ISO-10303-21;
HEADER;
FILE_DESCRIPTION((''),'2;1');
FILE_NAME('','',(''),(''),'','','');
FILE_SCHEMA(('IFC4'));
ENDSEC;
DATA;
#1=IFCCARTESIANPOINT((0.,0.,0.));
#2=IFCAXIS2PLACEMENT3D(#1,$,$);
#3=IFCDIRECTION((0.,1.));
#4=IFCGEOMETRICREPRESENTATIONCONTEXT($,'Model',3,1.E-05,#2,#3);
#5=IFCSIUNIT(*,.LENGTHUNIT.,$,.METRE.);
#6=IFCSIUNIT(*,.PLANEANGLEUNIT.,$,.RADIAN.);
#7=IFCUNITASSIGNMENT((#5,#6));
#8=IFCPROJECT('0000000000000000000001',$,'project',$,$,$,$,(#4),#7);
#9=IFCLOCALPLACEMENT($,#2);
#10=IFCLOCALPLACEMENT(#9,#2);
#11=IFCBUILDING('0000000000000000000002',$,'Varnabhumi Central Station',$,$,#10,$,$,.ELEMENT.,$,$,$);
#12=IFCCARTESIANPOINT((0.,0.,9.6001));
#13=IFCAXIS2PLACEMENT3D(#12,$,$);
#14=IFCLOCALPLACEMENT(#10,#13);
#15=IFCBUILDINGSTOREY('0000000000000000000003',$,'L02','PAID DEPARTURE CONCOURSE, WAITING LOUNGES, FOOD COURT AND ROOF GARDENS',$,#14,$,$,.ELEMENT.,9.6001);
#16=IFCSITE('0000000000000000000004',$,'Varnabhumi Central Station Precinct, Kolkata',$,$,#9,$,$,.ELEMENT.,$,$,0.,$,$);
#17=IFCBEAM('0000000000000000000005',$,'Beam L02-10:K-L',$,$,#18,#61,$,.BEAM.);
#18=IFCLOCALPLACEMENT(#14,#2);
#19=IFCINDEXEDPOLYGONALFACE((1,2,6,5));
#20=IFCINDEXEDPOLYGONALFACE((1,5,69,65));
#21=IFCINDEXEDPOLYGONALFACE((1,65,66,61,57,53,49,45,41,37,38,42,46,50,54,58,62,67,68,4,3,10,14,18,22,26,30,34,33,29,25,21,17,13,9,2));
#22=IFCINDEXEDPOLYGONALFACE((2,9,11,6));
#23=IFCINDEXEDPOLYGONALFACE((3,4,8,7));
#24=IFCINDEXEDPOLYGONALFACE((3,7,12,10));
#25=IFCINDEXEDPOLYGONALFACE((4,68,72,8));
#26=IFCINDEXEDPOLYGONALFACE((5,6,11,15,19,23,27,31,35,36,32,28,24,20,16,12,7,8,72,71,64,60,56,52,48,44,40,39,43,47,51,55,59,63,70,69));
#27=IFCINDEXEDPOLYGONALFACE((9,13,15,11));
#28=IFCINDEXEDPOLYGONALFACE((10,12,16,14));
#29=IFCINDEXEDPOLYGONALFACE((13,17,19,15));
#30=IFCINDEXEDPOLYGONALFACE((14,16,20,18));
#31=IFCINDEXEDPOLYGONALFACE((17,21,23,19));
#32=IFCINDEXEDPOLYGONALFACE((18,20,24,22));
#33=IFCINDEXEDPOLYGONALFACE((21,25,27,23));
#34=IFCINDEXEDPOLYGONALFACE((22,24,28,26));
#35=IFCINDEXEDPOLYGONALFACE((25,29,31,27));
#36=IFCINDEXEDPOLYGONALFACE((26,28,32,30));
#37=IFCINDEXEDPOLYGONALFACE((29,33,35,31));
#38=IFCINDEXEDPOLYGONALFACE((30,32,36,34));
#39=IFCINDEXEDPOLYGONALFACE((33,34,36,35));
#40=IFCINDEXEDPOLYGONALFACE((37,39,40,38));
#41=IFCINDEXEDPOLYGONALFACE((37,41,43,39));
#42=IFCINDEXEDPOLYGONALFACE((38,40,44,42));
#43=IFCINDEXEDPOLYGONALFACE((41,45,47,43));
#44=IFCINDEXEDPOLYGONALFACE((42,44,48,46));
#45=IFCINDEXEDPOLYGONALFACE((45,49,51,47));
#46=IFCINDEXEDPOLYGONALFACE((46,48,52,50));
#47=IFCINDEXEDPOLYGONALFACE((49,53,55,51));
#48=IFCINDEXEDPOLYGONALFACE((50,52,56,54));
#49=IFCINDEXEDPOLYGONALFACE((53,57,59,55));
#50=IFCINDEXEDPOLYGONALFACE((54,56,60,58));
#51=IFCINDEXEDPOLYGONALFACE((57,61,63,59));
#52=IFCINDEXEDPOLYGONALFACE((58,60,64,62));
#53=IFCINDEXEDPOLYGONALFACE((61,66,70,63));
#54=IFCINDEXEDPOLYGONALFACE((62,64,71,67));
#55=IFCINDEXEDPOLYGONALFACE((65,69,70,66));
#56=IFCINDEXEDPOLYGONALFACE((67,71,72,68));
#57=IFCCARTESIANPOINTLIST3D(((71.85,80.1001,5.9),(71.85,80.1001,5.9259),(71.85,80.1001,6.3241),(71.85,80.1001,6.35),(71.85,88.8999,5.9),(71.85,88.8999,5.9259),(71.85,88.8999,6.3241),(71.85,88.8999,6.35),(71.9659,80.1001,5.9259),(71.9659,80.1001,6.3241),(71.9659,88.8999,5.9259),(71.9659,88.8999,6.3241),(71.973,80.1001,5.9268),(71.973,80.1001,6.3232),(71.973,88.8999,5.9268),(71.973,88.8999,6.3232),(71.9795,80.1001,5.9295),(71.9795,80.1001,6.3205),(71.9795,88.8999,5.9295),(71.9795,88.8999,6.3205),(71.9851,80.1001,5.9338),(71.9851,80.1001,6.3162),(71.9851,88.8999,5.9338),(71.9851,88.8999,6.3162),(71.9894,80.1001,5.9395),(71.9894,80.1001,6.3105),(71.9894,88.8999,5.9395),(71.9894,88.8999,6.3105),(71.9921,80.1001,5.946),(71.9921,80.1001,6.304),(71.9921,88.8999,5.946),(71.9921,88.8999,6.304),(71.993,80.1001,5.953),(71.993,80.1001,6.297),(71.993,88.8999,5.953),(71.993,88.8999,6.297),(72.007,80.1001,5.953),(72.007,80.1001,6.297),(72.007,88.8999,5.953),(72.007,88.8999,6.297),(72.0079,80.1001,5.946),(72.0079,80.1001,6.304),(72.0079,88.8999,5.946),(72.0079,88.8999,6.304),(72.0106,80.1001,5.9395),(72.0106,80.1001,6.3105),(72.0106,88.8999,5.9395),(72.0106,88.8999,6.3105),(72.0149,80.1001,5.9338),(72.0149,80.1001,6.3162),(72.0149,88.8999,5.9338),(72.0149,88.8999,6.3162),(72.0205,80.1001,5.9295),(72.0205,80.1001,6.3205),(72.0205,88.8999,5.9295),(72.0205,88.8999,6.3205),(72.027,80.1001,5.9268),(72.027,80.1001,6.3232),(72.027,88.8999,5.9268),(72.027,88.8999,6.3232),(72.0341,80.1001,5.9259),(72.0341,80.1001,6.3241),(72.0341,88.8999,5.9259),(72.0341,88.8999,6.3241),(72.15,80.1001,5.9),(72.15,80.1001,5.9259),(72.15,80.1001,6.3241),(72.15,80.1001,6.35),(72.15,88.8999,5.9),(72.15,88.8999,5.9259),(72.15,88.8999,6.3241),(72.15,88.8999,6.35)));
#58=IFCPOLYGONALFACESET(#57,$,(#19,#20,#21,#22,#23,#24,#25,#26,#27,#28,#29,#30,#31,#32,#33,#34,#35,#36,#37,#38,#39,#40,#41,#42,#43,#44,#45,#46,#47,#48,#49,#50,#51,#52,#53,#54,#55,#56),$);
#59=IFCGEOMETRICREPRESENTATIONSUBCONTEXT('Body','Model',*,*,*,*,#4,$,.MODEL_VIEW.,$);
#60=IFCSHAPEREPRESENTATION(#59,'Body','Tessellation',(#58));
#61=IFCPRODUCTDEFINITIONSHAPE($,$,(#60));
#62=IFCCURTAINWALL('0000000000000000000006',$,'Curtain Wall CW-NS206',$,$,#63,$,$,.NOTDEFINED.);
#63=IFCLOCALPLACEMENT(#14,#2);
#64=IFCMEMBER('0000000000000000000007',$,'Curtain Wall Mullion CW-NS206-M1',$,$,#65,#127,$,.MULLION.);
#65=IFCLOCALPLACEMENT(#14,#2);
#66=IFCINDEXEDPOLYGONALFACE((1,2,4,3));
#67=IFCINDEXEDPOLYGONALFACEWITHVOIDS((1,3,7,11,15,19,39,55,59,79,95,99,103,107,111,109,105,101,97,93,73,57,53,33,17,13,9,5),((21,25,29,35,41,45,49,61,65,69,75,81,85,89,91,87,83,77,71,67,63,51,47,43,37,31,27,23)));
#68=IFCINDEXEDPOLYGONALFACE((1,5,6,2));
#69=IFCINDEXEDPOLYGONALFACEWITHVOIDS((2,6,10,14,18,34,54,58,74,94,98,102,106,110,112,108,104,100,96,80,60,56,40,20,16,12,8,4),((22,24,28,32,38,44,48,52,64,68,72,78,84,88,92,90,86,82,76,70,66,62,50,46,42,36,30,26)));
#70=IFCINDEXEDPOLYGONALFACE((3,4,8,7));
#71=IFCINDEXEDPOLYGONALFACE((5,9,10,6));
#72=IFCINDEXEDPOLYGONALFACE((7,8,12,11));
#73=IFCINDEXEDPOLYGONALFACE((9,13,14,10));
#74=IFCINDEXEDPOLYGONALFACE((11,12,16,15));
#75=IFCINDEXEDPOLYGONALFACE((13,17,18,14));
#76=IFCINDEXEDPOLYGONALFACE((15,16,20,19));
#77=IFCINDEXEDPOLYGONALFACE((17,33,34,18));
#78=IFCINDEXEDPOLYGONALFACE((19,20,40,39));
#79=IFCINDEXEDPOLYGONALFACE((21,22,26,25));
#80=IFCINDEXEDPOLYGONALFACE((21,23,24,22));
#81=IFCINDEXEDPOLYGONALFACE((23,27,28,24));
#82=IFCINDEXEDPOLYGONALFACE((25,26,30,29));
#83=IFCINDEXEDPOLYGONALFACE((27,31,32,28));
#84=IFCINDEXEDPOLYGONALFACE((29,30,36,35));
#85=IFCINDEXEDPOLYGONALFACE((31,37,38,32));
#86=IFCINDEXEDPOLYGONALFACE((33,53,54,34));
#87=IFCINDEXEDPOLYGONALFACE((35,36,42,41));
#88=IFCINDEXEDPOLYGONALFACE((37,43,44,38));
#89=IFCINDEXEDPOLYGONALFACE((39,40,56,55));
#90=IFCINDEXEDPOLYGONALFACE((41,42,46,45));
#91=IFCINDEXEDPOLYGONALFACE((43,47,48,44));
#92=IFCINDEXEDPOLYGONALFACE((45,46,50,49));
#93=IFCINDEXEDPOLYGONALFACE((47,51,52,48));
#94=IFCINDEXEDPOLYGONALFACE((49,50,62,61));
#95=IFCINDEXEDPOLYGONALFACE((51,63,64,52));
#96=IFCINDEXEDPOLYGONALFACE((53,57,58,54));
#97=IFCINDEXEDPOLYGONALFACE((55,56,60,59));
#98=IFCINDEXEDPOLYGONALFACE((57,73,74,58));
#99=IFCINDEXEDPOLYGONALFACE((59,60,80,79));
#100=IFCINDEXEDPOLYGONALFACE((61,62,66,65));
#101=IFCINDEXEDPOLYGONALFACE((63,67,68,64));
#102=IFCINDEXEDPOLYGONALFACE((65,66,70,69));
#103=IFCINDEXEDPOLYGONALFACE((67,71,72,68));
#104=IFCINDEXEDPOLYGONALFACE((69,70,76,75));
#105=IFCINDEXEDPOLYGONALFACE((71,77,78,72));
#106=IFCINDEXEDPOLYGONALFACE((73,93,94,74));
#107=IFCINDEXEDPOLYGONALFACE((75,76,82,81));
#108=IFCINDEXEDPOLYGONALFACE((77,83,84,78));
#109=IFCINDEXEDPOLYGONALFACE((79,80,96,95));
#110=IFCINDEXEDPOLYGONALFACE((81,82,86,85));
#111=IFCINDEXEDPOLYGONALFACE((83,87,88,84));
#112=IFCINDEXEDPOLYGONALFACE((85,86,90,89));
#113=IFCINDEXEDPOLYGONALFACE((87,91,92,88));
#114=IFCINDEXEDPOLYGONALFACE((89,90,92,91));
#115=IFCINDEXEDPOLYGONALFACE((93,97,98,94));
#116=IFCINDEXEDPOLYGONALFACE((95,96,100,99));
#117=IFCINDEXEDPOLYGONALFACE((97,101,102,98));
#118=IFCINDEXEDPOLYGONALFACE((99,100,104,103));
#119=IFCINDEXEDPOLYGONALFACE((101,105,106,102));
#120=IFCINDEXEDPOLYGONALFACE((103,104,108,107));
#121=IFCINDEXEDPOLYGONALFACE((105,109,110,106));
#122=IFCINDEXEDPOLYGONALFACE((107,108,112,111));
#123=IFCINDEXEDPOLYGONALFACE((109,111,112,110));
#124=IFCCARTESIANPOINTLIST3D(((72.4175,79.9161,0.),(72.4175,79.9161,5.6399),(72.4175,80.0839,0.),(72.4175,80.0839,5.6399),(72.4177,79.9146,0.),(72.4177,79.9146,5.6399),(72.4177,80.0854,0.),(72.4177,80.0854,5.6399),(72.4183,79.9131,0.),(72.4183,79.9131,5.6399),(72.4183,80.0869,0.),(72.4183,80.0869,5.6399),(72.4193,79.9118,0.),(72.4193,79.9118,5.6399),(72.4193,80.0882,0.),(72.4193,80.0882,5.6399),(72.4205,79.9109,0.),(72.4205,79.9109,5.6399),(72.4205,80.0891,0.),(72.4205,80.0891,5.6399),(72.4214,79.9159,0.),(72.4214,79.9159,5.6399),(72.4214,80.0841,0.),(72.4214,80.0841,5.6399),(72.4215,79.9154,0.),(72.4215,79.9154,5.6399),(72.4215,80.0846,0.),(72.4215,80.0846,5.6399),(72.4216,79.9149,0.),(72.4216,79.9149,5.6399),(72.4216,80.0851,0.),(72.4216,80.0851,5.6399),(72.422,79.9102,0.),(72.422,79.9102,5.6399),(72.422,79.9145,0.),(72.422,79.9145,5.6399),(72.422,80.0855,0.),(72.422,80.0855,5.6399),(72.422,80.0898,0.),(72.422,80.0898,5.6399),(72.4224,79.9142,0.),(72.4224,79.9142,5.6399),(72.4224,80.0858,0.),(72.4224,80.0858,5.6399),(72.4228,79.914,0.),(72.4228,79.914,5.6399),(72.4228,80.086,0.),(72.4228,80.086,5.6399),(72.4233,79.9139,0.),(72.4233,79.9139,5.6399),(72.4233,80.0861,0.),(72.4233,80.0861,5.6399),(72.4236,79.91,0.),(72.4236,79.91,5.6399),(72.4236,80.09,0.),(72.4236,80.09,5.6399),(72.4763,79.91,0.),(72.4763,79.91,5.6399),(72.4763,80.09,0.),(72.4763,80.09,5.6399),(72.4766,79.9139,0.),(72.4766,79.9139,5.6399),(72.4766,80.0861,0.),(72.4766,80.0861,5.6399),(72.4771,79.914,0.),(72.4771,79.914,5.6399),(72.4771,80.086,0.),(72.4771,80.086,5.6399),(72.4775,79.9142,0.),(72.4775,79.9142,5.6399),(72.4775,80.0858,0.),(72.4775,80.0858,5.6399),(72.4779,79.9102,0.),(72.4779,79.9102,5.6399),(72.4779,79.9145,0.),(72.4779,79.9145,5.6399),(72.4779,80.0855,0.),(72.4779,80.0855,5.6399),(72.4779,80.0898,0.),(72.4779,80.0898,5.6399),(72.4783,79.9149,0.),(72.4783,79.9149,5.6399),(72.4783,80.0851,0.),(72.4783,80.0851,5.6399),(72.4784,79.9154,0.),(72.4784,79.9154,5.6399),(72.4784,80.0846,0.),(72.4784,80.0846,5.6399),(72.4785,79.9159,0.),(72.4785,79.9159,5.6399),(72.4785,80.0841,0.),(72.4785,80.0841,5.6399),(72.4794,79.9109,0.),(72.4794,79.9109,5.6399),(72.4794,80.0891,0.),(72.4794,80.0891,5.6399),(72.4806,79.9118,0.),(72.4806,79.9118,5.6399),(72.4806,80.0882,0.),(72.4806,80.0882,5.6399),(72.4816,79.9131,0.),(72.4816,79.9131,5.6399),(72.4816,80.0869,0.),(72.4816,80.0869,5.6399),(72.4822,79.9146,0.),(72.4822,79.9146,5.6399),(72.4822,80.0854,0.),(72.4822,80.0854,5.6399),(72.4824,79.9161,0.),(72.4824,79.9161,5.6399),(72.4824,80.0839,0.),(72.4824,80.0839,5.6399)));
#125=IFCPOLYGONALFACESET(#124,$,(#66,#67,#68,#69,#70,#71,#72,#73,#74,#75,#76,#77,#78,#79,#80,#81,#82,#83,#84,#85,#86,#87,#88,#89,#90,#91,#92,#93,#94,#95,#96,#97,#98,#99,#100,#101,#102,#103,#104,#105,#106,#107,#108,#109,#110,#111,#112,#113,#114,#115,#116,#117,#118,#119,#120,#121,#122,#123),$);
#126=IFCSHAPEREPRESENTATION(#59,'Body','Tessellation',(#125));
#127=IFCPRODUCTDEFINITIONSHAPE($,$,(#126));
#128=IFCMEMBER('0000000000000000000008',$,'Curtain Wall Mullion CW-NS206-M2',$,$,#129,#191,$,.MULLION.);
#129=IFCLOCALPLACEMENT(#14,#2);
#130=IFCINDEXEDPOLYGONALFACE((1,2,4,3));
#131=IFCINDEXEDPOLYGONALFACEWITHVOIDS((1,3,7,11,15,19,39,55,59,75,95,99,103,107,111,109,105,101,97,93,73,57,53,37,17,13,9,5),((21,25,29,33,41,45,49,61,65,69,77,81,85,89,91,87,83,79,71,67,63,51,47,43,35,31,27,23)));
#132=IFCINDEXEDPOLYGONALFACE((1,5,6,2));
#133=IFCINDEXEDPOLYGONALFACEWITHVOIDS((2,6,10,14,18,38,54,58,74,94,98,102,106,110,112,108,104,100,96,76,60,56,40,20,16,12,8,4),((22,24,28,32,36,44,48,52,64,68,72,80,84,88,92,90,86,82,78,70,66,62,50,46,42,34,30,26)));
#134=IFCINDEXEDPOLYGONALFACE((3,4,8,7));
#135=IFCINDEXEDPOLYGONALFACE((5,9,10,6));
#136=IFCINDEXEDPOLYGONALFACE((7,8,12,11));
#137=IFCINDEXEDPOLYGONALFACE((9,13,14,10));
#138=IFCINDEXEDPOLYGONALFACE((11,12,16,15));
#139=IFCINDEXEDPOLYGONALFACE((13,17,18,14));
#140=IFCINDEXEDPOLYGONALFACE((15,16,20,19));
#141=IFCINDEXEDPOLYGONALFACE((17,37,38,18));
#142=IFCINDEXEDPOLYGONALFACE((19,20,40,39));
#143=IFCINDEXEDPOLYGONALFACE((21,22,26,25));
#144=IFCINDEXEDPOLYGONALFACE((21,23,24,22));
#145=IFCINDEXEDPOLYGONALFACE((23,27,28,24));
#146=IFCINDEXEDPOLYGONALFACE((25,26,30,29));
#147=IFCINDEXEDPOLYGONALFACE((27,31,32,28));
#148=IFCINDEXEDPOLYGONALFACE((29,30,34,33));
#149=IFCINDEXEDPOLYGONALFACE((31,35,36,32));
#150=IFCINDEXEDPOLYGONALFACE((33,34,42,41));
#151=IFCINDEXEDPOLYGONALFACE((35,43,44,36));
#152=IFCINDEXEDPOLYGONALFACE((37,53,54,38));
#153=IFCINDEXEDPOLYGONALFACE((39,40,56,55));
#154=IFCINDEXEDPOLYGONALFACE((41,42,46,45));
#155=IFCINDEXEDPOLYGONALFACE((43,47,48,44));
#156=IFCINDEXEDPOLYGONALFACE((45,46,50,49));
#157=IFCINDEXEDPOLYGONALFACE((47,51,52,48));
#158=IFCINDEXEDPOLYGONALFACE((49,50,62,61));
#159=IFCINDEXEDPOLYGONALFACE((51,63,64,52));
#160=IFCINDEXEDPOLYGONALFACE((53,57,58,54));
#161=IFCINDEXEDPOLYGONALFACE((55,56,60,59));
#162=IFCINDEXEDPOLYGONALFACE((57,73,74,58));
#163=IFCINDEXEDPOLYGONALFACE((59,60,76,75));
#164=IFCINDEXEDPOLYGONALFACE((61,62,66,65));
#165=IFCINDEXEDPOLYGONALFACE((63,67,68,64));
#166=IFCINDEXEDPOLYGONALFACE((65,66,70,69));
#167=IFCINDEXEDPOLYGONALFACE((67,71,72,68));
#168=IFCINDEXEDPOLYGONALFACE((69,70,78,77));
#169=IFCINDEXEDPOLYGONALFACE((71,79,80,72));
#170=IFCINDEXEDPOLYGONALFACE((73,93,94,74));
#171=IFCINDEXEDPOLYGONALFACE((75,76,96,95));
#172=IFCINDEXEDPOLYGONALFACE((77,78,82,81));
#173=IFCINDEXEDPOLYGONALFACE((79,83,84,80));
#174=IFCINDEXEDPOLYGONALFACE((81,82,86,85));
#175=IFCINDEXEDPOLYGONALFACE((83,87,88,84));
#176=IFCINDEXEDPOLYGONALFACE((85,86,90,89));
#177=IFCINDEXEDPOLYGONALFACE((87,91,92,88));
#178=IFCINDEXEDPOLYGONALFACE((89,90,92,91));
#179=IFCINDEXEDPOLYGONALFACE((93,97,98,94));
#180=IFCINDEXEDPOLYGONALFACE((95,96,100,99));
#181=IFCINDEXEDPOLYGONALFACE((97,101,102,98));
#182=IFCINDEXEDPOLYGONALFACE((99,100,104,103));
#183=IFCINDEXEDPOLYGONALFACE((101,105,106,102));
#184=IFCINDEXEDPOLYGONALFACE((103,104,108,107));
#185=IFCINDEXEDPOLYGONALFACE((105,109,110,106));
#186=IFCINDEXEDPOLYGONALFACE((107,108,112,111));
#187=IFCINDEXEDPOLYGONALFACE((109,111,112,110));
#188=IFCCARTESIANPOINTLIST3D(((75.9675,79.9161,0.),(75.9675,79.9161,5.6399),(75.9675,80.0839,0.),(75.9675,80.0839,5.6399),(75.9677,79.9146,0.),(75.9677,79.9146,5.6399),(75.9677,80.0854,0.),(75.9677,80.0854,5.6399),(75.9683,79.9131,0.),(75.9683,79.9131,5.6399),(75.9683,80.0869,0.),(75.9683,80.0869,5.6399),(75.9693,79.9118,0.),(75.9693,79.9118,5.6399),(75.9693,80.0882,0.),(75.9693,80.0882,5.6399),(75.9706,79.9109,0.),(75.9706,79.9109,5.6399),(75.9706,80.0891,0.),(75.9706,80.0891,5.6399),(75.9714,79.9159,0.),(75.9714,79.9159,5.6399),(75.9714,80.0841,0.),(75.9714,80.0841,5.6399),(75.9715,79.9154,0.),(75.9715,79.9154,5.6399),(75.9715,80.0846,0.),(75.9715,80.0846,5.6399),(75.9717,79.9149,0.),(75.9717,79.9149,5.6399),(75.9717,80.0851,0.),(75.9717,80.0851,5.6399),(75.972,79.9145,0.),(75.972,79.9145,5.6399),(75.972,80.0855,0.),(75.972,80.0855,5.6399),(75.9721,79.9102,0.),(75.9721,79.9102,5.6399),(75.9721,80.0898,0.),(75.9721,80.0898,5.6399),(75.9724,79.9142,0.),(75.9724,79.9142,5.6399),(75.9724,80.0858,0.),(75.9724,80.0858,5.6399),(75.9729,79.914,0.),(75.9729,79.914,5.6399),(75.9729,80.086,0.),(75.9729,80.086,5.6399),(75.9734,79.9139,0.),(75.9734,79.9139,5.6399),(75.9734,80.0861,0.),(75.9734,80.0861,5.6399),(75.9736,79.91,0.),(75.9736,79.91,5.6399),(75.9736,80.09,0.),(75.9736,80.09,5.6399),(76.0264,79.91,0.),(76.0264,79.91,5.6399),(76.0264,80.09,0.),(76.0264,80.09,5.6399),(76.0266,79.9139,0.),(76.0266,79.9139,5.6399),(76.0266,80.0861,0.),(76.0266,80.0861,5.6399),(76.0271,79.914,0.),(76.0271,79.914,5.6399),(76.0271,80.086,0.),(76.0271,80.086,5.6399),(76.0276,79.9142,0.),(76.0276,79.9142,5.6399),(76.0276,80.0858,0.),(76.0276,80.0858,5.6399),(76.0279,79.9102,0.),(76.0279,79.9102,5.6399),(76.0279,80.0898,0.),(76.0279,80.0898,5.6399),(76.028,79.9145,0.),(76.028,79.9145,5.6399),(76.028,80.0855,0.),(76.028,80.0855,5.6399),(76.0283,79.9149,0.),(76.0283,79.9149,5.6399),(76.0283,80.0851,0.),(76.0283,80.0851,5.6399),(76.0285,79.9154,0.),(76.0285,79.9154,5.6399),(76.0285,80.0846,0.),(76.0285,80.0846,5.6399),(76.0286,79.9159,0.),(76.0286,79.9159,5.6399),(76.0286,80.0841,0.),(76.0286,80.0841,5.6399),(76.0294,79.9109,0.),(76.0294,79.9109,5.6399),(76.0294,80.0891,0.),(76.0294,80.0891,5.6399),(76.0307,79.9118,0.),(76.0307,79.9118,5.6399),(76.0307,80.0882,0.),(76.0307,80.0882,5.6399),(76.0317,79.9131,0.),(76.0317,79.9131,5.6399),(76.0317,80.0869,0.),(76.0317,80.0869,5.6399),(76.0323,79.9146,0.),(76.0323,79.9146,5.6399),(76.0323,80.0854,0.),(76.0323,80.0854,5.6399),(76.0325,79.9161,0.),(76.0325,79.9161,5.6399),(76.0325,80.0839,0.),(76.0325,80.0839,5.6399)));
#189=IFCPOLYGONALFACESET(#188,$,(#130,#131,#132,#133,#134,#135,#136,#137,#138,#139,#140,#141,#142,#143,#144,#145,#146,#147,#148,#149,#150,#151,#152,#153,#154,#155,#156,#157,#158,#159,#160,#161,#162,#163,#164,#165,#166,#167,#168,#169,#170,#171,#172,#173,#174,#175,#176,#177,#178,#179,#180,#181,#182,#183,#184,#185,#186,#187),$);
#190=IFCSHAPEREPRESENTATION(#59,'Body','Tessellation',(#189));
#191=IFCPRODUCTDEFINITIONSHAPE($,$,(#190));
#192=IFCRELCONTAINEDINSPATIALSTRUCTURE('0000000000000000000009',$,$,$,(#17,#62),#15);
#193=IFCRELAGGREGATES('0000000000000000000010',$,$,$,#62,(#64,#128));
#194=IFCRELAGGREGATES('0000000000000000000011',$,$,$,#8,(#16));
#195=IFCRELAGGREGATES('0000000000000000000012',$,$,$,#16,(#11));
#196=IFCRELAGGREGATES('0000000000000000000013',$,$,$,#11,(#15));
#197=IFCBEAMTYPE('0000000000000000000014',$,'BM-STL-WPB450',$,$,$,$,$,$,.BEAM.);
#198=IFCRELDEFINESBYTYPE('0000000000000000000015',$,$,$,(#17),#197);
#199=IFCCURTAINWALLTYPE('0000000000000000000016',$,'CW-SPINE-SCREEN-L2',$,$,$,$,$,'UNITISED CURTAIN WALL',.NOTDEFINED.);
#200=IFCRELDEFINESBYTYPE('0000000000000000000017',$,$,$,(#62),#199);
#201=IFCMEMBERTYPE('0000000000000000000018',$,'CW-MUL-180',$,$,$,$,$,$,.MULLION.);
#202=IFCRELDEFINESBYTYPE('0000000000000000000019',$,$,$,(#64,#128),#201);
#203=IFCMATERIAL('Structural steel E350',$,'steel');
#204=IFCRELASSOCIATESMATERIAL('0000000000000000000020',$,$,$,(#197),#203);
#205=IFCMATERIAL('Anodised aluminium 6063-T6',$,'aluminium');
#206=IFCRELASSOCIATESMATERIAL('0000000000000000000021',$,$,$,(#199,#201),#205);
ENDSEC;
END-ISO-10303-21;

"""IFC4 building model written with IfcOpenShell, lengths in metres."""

from ifc_helpers import new_model, si_unit, direction, frame, origin, origin_2d, place, context, subcontext, project, spatial, hollow_rectangle, i_section, extrude, material, material_profile, profile_set, type_object, element, aggregate, save


model = new_model("IFC4")

# Units and contexts
model_context = context("Model", 3, precision=1e-05, world=origin(), true_north=direction((0.0, 1.0)))
body_context = subcontext(model_context, "Body", "Model", "MODEL_VIEW")
ifc_project = project(units=[si_unit("LENGTHUNIT", "METRE"), si_unit("PLANEANGLEUNIT", "RADIAN")], contexts=[model_context])

# Site, building, storey
site_placement = place(None, origin())
site = spatial("IfcSite", under=ifc_project, at=site_placement, Name="Varnabhumi Central Station Precinct, Kolkata", CompositionType="ELEMENT", RefElevation=0.0)
building_placement = place(site_placement, origin())
building = spatial("IfcBuilding", under=site, at=building_placement, Name="Varnabhumi Central Station", CompositionType="ELEMENT")
storey_placement = place(building_placement, frame((0.0, 0.0, 9.6001)))
storey = spatial("IfcBuildingStorey", under=building, at=storey_placement, Name="L02", Description="PAID DEPARTURE CONCOURSE, WAITING LOUNGES, FOOD COURT AND ROOF GARDENS", CompositionType="ELEMENT", Elevation=9.6001)

# Beam
ifc_material_1 = material(Name="Structural steel E350", Category="steel")
ifc_material_profile_1 = material_profile(ifc_material_1, i_section(OverallWidth=0.3, OverallDepth=0.45, WebThickness=0.0139, FlangeThickness=0.0259, FilletRadius=0.0271, at=origin_2d()), Name="Structural steel E350", Category="steel")
ifc_profile_set_1 = profile_set([ifc_material_profile_1], Name="Structural steel E350")
beam_type_1 = type_object("IfcBeamType", Name="BM-STL-WPB450", PredefinedType="BEAM", material=ifc_profile_set_1)
beam_1_placement = place(storey_placement, frame((72.0, 80.1001, 6.125), z_axis=(0.0, 1.0, 0.0), x_axis=(-1.0, 0.0, 0.0)))
element("IfcBeam", 1, at=beam_1_placement, inside=storey, type_object=beam_type_1, Name="Beam L02-10:K-L", PredefinedType="BEAM", context=body_context, shape_type="SweptSolid", body=[
    extrude(i_section(OverallWidth=0.3, OverallDepth=0.45, WebThickness=0.0139, FlangeThickness=0.0259, FilletRadius=0.0271, at=origin_2d()), origin(), (0.0, 0.0, 1.0), 8.7998),
])

# Curtain wall, members
ifc_material_2 = material(Name="Anodised aluminium 6063-T6", Category="aluminium")
curtain_wall_type_1 = type_object("IfcCurtainWallType", Name="CW-SPINE-SCREEN-L2", ElementType="UNITISED CURTAIN WALL", PredefinedType="NOTDEFINED", material=ifc_material_2)
curtain_wall_1_placement = place(storey_placement, origin())
curtain_wall_1 = element("IfcCurtainWall", 2, at=curtain_wall_1_placement, inside=storey, type_object=curtain_wall_type_1, Name="Curtain Wall CW-NS206", PredefinedType="NOTDEFINED")
ifc_material_profile_2 = material_profile(ifc_material_2, hollow_rectangle(XDim=0.0649, YDim=0.1799, WallThickness=0.0039, InnerFilletRadius=0.002, OuterFilletRadius=0.0061, at=origin_2d()), Name="Anodised aluminium 6063-T6", Category="aluminium")
ifc_profile_set_2 = profile_set([ifc_material_profile_2], Name="Anodised aluminium 6063-T6")
member_type_1 = type_object("IfcMemberType", Name="CW-MUL-180", PredefinedType="MULLION", material=ifc_profile_set_2)
member_1_placement = place(storey_placement, frame((72.45, 80.0, 0.0), z_axis=(0.0, 0.0, 1.0), x_axis=(1.0, 0.0, 0.0)))
member_1 = element("IfcMember", 3, at=member_1_placement, type_object=member_type_1, Name="Curtain Wall Mullion CW-NS206-M1", PredefinedType="MULLION", context=body_context, shape_type="SweptSolid", body=[
    extrude(hollow_rectangle(XDim=0.0649, YDim=0.1799, WallThickness=0.0039, InnerFilletRadius=0.002, OuterFilletRadius=0.0061, at=origin_2d()), origin(), (0.0, 0.0, 1.0), 5.6399),
])
member_2_placement = place(storey_placement, frame((76.0, 80.0, 0.0), z_axis=(0.0, 0.0, 1.0), x_axis=(1.0, 0.0, 0.0)))
member_2 = element("IfcMember", 4, at=member_2_placement, type_object=member_type_1, Name="Curtain Wall Mullion CW-NS206-M2", PredefinedType="MULLION", context=body_context, shape_type="SweptSolid", body=[
    extrude(hollow_rectangle(XDim=0.0649, YDim=0.1799, WallThickness=0.0039, InnerFilletRadius=0.002, OuterFilletRadius=0.0061, at=origin_2d()), origin(), (0.0, 0.0, 1.0), 5.6399),
])

aggregate(curtain_wall_1, [member_1, member_2])

save(model, "model.ifc")
